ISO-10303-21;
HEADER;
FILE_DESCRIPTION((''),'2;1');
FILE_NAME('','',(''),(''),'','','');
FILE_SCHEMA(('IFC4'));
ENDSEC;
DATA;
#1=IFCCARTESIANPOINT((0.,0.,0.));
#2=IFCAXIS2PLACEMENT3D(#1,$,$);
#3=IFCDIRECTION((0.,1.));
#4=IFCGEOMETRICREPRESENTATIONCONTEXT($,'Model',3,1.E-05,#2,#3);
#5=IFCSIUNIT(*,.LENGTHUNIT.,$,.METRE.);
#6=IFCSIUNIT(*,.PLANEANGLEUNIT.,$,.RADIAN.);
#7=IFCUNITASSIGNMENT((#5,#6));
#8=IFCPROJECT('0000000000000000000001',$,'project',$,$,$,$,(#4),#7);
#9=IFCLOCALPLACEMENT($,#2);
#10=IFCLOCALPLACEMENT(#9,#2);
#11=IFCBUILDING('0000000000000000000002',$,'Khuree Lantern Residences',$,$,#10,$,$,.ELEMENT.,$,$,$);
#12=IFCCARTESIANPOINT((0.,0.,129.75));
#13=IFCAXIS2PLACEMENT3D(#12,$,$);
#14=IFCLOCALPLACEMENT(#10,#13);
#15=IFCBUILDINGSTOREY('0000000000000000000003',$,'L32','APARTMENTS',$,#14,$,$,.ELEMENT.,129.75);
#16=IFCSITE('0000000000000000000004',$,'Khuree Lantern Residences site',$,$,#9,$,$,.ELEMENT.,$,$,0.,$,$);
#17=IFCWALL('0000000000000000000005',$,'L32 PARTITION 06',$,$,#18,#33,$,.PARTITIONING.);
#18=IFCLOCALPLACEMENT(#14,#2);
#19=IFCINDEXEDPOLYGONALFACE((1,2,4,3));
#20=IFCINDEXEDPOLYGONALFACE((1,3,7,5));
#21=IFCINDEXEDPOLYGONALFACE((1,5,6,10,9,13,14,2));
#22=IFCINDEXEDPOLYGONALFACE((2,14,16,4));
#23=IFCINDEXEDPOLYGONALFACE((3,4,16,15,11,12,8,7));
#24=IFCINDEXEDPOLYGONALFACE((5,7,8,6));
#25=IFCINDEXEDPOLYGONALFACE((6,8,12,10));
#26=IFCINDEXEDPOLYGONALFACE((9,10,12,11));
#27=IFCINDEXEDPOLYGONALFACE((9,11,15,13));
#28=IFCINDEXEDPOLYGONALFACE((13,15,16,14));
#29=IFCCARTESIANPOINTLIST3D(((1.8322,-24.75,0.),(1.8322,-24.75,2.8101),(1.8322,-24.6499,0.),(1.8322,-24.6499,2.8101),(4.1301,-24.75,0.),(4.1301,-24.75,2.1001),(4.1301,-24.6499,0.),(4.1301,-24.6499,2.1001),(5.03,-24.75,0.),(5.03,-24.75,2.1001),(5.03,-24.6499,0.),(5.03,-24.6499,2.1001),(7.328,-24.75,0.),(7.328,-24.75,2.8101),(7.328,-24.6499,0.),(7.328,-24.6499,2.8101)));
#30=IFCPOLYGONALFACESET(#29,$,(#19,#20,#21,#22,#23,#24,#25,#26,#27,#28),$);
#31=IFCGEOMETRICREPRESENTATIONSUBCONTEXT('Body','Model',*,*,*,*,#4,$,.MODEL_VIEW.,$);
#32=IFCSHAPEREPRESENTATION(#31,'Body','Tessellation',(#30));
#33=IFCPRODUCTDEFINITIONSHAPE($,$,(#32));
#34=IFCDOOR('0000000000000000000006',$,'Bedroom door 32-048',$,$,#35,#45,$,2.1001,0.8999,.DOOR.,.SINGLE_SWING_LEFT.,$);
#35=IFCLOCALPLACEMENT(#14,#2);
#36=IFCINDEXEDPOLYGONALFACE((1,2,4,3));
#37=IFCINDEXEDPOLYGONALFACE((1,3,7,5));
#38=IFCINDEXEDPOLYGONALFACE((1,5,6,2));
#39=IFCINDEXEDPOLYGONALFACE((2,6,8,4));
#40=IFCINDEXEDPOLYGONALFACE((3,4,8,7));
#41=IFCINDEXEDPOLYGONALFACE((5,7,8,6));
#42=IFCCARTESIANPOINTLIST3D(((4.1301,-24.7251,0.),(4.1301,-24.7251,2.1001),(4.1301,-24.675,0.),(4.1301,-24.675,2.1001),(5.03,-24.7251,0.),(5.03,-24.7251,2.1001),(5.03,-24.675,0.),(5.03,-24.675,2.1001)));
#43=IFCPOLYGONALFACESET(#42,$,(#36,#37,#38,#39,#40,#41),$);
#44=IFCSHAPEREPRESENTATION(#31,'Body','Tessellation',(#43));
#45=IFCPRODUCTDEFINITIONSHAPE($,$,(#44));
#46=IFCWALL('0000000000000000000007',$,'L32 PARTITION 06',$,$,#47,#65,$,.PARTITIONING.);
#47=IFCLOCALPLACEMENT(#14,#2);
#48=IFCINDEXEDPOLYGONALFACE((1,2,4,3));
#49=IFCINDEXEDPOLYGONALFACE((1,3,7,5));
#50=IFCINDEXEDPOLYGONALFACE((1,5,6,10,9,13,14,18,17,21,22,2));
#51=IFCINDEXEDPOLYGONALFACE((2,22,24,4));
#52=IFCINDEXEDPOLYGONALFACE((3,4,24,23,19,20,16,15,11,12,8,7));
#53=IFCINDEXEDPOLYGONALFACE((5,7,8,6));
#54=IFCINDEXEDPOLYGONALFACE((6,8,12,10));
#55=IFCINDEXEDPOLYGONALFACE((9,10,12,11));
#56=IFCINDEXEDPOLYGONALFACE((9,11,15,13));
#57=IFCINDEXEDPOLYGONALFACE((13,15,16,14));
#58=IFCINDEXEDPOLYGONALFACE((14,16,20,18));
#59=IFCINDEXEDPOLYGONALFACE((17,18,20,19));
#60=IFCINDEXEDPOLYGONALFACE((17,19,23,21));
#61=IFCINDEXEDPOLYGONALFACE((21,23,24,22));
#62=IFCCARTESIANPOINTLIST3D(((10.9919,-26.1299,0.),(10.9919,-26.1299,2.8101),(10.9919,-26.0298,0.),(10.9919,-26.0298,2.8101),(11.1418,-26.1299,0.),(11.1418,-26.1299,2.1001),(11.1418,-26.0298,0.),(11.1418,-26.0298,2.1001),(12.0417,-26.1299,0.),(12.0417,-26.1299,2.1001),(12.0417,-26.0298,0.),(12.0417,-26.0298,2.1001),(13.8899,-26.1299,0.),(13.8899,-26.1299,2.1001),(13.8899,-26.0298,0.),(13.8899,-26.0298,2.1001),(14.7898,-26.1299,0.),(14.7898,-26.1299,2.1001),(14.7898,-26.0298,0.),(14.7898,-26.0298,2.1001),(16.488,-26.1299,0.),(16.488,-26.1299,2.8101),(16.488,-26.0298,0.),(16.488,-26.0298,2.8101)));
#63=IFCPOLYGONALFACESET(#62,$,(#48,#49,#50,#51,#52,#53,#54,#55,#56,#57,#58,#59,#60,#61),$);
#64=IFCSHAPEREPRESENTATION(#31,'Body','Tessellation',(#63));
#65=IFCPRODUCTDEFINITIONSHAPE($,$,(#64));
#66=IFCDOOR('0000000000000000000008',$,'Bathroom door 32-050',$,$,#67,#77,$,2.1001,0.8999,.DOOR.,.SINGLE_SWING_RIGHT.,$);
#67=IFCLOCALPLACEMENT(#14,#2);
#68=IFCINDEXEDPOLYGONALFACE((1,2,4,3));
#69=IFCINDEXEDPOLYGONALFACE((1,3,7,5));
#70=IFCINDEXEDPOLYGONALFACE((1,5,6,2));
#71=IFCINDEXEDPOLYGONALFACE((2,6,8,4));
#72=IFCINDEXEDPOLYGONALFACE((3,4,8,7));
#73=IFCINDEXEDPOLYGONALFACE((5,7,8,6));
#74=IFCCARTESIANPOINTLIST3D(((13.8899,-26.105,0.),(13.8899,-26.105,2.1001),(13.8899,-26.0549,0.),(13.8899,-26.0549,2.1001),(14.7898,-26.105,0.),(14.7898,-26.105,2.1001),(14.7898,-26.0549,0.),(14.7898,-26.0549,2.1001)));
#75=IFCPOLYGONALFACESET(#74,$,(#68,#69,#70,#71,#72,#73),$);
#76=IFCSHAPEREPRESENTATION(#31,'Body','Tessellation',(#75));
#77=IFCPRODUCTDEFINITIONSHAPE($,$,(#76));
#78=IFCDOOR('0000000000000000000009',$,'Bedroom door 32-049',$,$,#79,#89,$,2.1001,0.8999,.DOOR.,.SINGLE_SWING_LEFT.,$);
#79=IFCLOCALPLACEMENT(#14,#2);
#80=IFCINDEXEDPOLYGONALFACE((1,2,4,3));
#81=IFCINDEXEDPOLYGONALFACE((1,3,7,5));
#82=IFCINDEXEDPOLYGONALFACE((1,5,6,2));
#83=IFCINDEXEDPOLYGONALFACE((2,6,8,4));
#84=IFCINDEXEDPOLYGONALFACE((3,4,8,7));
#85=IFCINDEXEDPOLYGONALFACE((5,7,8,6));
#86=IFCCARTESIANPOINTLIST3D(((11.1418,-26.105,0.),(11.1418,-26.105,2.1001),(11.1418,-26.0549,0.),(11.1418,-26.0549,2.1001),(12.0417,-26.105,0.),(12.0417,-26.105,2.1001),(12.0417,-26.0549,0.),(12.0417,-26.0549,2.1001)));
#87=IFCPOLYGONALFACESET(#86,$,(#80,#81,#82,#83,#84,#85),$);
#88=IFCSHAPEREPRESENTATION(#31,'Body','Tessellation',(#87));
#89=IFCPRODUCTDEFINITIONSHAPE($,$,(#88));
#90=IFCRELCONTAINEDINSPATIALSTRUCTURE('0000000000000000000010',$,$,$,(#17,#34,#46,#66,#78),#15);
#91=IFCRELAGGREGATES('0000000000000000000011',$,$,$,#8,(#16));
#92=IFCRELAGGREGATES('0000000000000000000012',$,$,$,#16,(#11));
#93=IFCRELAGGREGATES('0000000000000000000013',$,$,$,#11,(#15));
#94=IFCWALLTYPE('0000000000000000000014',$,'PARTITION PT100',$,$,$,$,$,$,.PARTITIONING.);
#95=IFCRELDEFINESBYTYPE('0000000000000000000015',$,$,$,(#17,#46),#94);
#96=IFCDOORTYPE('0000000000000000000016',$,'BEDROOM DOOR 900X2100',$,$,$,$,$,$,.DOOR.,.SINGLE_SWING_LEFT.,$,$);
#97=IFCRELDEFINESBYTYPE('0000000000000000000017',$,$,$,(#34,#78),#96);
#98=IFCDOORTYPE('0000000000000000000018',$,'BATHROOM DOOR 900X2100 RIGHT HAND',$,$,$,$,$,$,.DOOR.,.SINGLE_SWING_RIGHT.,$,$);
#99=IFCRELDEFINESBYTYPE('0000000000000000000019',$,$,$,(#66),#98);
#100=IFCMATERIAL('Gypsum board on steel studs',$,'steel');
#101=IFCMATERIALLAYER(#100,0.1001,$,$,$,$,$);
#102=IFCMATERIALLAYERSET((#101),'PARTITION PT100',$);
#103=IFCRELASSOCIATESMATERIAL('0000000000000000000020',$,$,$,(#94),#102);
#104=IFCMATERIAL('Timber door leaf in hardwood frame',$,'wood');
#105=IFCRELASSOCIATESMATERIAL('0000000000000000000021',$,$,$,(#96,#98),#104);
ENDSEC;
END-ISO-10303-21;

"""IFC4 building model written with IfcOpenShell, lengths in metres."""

from ifc_helpers import new_model, si_unit, direction, frame, frame_2d, origin, place, context, subcontext, project, spatial, rectangle, extrude, material, layer, layer_set, type_object, element, fill, save


model = new_model("IFC4")

# Units and contexts
model_context = context("Model", 3, precision=1e-05, world=origin(), true_north=direction((0.0, 1.0)))
body_context = subcontext(model_context, "Body", "Model", "MODEL_VIEW")
ifc_project = project(units=[si_unit("LENGTHUNIT", "METRE"), si_unit("PLANEANGLEUNIT", "RADIAN")], contexts=[model_context])

# Site, building, storey
site_placement = place(None, origin())
site = spatial("IfcSite", under=ifc_project, at=site_placement, Name="Khuree Lantern Residences site", CompositionType="ELEMENT", RefElevation=0.0)
building_placement = place(site_placement, origin())
building = spatial("IfcBuilding", under=site, at=building_placement, Name="Khuree Lantern Residences", CompositionType="ELEMENT")
storey_placement = place(building_placement, frame((0.0, 0.0, 129.75)))
storey = spatial("IfcBuildingStorey", under=building, at=storey_placement, Name="L32", Description="APARTMENTS", CompositionType="ELEMENT", Elevation=129.75)

# Shared definitions
ifc_material_1 = material(Name="Gypsum board on steel studs", Category="steel")
ifc_layer_1 = layer(ifc_material_1, 0.1001)
ifc_layer_set_1 = layer_set([ifc_layer_1], Name="PARTITION PT100")
wall_type = type_object("IfcWallType", Name="PARTITION PT100", PredefinedType="PARTITIONING", material=ifc_layer_set_1)

# Wall, opening, door
wall_1_placement = place(storey_placement, frame((1.832, -24.7, 0.0), z_axis=(0.0, 0.0, 1.0), x_axis=(1.0, 0.0, 0.0)))
wall_1 = element("IfcWall", 1, at=wall_1_placement, inside=storey, type_object=wall_type, Name="L32 PARTITION 06", PredefinedType="PARTITIONING", context=body_context, shape_type="SweptSolid", body=[
    extrude(rectangle(XDim=5.4958, YDim=0.1001, at=frame_2d((2.748, 0.0))), origin(), (0.0, 0.0, 1.0), 2.8101),
])
opening_1_placement = place(wall_1_placement, frame((2.2981, 0.0, 0.0)))
opening_1 = element("IfcOpeningElement", 2, at=opening_1_placement, cuts=wall_1, PredefinedType="OPENING", context=body_context, shape_type="SweptSolid", body=[
    extrude(rectangle(XDim=0.8999, YDim=2.1001, at=frame_2d((0.45, 1.05))), frame((0.0, 0.0601, 0.0), z_axis=(0.0, -1.0, 0.0), x_axis=(1.0, 0.0, 0.0)), (0.0, 0.0, 1.0), 0.1201),
])
ifc_material_2 = material(Name="Timber door leaf in hardwood frame", Category="wood")
door_type_1 = type_object("IfcDoorType", Name="BEDROOM DOOR 900X2100", OperationType="SINGLE_SWING_LEFT", PredefinedType="DOOR", material=ifc_material_2)
door_1_placement = place(opening_1_placement, origin())
door_1 = element("IfcDoor", 3, at=door_1_placement, inside=storey, type_object=door_type_1, Name="Bedroom door 32-048", OperationType="SINGLE_SWING_LEFT", OverallHeight=2.1001, OverallWidth=0.8999, PredefinedType="DOOR", context=body_context, shape_type="SweptSolid", body=[
    extrude(rectangle(XDim=0.8999, YDim=2.1001, at=frame_2d((0.45, 1.05))), frame((0.0, 0.0249, 0.0), z_axis=(0.0, -1.0, 0.0), x_axis=(1.0, 0.0, 0.0)), (0.0, 0.0, 1.0), 0.05),
])
fill(opening_1, door_1)

# Wall, openings, doors
wall_2_placement = place(storey_placement, frame((10.9919, -26.0798, 0.0), z_axis=(0.0, 0.0, 1.0), x_axis=(1.0, 0.0, 0.0)))
wall_2 = element("IfcWall", 4, at=wall_2_placement, inside=storey, type_object=wall_type, Name="L32 PARTITION 06", PredefinedType="PARTITIONING", context=body_context, shape_type="SweptSolid", body=[
    extrude(rectangle(XDim=5.4961, YDim=0.1001, at=frame_2d((2.748, 0.0))), origin(), (0.0, 0.0, 1.0), 2.8101),
])
opening_2_placement = place(wall_2_placement, frame((0.1499, 0.0, 0.0)))
opening_2 = element("IfcOpeningElement", 5, at=opening_2_placement, cuts=wall_2, PredefinedType="OPENING", context=body_context, shape_type="SweptSolid", body=[
    extrude(rectangle(XDim=0.8999, YDim=2.1001, at=frame_2d((0.45, 1.05))), frame((0.0, 0.0601, 0.0), z_axis=(0.0, -1.0, 0.0), x_axis=(1.0, 0.0, 0.0)), (0.0, 0.0, 1.0), 0.1201),
])
opening_3_placement = place(wall_2_placement, frame((2.8979, 0.0, 0.0)))
opening_3 = element("IfcOpeningElement", 6, at=opening_3_placement, cuts=wall_2, PredefinedType="OPENING", context=body_context, shape_type="SweptSolid", body=[
    extrude(rectangle(XDim=0.8999, YDim=2.1001, at=frame_2d((0.45, 1.05))), frame((0.0, 0.0601, 0.0), z_axis=(0.0, -1.0, 0.0), x_axis=(1.0, 0.0, 0.0)), (0.0, 0.0, 1.0), 0.1201),
])
door_type_2 = type_object("IfcDoorType", Name="BATHROOM DOOR 900X2100 RIGHT HAND", OperationType="SINGLE_SWING_RIGHT", PredefinedType="DOOR", material=ifc_material_2)
door_2_placement = place(opening_3_placement, origin())
door_2 = element("IfcDoor", 7, at=door_2_placement, inside=storey, type_object=door_type_2, Name="Bathroom door 32-050", OperationType="SINGLE_SWING_RIGHT", OverallHeight=2.1001, OverallWidth=0.8999, PredefinedType="DOOR", context=body_context, shape_type="SweptSolid", body=[
    extrude(rectangle(XDim=0.8999, YDim=2.1001, at=frame_2d((0.45, 1.05))), frame((0.0, 0.0249, 0.0), z_axis=(0.0, -1.0, 0.0), x_axis=(1.0, 0.0, 0.0)), (0.0, 0.0, 1.0), 0.05),
])
fill(opening_3, door_2)
door_3_placement = place(opening_2_placement, origin())
door_3 = element("IfcDoor", 8, at=door_3_placement, inside=storey, type_object=door_type_1, Name="Bedroom door 32-049", OperationType="SINGLE_SWING_LEFT", OverallHeight=2.1001, OverallWidth=0.8999, PredefinedType="DOOR", context=body_context, shape_type="SweptSolid", body=[
    extrude(rectangle(XDim=0.8999, YDim=2.1001, at=frame_2d((0.45, 1.05))), frame((0.0, 0.0249, 0.0), z_axis=(0.0, -1.0, 0.0), x_axis=(1.0, 0.0, 0.0)), (0.0, 0.0, 1.0), 0.05),
])
fill(opening_2, door_3)

save(model, "model.ifc")
